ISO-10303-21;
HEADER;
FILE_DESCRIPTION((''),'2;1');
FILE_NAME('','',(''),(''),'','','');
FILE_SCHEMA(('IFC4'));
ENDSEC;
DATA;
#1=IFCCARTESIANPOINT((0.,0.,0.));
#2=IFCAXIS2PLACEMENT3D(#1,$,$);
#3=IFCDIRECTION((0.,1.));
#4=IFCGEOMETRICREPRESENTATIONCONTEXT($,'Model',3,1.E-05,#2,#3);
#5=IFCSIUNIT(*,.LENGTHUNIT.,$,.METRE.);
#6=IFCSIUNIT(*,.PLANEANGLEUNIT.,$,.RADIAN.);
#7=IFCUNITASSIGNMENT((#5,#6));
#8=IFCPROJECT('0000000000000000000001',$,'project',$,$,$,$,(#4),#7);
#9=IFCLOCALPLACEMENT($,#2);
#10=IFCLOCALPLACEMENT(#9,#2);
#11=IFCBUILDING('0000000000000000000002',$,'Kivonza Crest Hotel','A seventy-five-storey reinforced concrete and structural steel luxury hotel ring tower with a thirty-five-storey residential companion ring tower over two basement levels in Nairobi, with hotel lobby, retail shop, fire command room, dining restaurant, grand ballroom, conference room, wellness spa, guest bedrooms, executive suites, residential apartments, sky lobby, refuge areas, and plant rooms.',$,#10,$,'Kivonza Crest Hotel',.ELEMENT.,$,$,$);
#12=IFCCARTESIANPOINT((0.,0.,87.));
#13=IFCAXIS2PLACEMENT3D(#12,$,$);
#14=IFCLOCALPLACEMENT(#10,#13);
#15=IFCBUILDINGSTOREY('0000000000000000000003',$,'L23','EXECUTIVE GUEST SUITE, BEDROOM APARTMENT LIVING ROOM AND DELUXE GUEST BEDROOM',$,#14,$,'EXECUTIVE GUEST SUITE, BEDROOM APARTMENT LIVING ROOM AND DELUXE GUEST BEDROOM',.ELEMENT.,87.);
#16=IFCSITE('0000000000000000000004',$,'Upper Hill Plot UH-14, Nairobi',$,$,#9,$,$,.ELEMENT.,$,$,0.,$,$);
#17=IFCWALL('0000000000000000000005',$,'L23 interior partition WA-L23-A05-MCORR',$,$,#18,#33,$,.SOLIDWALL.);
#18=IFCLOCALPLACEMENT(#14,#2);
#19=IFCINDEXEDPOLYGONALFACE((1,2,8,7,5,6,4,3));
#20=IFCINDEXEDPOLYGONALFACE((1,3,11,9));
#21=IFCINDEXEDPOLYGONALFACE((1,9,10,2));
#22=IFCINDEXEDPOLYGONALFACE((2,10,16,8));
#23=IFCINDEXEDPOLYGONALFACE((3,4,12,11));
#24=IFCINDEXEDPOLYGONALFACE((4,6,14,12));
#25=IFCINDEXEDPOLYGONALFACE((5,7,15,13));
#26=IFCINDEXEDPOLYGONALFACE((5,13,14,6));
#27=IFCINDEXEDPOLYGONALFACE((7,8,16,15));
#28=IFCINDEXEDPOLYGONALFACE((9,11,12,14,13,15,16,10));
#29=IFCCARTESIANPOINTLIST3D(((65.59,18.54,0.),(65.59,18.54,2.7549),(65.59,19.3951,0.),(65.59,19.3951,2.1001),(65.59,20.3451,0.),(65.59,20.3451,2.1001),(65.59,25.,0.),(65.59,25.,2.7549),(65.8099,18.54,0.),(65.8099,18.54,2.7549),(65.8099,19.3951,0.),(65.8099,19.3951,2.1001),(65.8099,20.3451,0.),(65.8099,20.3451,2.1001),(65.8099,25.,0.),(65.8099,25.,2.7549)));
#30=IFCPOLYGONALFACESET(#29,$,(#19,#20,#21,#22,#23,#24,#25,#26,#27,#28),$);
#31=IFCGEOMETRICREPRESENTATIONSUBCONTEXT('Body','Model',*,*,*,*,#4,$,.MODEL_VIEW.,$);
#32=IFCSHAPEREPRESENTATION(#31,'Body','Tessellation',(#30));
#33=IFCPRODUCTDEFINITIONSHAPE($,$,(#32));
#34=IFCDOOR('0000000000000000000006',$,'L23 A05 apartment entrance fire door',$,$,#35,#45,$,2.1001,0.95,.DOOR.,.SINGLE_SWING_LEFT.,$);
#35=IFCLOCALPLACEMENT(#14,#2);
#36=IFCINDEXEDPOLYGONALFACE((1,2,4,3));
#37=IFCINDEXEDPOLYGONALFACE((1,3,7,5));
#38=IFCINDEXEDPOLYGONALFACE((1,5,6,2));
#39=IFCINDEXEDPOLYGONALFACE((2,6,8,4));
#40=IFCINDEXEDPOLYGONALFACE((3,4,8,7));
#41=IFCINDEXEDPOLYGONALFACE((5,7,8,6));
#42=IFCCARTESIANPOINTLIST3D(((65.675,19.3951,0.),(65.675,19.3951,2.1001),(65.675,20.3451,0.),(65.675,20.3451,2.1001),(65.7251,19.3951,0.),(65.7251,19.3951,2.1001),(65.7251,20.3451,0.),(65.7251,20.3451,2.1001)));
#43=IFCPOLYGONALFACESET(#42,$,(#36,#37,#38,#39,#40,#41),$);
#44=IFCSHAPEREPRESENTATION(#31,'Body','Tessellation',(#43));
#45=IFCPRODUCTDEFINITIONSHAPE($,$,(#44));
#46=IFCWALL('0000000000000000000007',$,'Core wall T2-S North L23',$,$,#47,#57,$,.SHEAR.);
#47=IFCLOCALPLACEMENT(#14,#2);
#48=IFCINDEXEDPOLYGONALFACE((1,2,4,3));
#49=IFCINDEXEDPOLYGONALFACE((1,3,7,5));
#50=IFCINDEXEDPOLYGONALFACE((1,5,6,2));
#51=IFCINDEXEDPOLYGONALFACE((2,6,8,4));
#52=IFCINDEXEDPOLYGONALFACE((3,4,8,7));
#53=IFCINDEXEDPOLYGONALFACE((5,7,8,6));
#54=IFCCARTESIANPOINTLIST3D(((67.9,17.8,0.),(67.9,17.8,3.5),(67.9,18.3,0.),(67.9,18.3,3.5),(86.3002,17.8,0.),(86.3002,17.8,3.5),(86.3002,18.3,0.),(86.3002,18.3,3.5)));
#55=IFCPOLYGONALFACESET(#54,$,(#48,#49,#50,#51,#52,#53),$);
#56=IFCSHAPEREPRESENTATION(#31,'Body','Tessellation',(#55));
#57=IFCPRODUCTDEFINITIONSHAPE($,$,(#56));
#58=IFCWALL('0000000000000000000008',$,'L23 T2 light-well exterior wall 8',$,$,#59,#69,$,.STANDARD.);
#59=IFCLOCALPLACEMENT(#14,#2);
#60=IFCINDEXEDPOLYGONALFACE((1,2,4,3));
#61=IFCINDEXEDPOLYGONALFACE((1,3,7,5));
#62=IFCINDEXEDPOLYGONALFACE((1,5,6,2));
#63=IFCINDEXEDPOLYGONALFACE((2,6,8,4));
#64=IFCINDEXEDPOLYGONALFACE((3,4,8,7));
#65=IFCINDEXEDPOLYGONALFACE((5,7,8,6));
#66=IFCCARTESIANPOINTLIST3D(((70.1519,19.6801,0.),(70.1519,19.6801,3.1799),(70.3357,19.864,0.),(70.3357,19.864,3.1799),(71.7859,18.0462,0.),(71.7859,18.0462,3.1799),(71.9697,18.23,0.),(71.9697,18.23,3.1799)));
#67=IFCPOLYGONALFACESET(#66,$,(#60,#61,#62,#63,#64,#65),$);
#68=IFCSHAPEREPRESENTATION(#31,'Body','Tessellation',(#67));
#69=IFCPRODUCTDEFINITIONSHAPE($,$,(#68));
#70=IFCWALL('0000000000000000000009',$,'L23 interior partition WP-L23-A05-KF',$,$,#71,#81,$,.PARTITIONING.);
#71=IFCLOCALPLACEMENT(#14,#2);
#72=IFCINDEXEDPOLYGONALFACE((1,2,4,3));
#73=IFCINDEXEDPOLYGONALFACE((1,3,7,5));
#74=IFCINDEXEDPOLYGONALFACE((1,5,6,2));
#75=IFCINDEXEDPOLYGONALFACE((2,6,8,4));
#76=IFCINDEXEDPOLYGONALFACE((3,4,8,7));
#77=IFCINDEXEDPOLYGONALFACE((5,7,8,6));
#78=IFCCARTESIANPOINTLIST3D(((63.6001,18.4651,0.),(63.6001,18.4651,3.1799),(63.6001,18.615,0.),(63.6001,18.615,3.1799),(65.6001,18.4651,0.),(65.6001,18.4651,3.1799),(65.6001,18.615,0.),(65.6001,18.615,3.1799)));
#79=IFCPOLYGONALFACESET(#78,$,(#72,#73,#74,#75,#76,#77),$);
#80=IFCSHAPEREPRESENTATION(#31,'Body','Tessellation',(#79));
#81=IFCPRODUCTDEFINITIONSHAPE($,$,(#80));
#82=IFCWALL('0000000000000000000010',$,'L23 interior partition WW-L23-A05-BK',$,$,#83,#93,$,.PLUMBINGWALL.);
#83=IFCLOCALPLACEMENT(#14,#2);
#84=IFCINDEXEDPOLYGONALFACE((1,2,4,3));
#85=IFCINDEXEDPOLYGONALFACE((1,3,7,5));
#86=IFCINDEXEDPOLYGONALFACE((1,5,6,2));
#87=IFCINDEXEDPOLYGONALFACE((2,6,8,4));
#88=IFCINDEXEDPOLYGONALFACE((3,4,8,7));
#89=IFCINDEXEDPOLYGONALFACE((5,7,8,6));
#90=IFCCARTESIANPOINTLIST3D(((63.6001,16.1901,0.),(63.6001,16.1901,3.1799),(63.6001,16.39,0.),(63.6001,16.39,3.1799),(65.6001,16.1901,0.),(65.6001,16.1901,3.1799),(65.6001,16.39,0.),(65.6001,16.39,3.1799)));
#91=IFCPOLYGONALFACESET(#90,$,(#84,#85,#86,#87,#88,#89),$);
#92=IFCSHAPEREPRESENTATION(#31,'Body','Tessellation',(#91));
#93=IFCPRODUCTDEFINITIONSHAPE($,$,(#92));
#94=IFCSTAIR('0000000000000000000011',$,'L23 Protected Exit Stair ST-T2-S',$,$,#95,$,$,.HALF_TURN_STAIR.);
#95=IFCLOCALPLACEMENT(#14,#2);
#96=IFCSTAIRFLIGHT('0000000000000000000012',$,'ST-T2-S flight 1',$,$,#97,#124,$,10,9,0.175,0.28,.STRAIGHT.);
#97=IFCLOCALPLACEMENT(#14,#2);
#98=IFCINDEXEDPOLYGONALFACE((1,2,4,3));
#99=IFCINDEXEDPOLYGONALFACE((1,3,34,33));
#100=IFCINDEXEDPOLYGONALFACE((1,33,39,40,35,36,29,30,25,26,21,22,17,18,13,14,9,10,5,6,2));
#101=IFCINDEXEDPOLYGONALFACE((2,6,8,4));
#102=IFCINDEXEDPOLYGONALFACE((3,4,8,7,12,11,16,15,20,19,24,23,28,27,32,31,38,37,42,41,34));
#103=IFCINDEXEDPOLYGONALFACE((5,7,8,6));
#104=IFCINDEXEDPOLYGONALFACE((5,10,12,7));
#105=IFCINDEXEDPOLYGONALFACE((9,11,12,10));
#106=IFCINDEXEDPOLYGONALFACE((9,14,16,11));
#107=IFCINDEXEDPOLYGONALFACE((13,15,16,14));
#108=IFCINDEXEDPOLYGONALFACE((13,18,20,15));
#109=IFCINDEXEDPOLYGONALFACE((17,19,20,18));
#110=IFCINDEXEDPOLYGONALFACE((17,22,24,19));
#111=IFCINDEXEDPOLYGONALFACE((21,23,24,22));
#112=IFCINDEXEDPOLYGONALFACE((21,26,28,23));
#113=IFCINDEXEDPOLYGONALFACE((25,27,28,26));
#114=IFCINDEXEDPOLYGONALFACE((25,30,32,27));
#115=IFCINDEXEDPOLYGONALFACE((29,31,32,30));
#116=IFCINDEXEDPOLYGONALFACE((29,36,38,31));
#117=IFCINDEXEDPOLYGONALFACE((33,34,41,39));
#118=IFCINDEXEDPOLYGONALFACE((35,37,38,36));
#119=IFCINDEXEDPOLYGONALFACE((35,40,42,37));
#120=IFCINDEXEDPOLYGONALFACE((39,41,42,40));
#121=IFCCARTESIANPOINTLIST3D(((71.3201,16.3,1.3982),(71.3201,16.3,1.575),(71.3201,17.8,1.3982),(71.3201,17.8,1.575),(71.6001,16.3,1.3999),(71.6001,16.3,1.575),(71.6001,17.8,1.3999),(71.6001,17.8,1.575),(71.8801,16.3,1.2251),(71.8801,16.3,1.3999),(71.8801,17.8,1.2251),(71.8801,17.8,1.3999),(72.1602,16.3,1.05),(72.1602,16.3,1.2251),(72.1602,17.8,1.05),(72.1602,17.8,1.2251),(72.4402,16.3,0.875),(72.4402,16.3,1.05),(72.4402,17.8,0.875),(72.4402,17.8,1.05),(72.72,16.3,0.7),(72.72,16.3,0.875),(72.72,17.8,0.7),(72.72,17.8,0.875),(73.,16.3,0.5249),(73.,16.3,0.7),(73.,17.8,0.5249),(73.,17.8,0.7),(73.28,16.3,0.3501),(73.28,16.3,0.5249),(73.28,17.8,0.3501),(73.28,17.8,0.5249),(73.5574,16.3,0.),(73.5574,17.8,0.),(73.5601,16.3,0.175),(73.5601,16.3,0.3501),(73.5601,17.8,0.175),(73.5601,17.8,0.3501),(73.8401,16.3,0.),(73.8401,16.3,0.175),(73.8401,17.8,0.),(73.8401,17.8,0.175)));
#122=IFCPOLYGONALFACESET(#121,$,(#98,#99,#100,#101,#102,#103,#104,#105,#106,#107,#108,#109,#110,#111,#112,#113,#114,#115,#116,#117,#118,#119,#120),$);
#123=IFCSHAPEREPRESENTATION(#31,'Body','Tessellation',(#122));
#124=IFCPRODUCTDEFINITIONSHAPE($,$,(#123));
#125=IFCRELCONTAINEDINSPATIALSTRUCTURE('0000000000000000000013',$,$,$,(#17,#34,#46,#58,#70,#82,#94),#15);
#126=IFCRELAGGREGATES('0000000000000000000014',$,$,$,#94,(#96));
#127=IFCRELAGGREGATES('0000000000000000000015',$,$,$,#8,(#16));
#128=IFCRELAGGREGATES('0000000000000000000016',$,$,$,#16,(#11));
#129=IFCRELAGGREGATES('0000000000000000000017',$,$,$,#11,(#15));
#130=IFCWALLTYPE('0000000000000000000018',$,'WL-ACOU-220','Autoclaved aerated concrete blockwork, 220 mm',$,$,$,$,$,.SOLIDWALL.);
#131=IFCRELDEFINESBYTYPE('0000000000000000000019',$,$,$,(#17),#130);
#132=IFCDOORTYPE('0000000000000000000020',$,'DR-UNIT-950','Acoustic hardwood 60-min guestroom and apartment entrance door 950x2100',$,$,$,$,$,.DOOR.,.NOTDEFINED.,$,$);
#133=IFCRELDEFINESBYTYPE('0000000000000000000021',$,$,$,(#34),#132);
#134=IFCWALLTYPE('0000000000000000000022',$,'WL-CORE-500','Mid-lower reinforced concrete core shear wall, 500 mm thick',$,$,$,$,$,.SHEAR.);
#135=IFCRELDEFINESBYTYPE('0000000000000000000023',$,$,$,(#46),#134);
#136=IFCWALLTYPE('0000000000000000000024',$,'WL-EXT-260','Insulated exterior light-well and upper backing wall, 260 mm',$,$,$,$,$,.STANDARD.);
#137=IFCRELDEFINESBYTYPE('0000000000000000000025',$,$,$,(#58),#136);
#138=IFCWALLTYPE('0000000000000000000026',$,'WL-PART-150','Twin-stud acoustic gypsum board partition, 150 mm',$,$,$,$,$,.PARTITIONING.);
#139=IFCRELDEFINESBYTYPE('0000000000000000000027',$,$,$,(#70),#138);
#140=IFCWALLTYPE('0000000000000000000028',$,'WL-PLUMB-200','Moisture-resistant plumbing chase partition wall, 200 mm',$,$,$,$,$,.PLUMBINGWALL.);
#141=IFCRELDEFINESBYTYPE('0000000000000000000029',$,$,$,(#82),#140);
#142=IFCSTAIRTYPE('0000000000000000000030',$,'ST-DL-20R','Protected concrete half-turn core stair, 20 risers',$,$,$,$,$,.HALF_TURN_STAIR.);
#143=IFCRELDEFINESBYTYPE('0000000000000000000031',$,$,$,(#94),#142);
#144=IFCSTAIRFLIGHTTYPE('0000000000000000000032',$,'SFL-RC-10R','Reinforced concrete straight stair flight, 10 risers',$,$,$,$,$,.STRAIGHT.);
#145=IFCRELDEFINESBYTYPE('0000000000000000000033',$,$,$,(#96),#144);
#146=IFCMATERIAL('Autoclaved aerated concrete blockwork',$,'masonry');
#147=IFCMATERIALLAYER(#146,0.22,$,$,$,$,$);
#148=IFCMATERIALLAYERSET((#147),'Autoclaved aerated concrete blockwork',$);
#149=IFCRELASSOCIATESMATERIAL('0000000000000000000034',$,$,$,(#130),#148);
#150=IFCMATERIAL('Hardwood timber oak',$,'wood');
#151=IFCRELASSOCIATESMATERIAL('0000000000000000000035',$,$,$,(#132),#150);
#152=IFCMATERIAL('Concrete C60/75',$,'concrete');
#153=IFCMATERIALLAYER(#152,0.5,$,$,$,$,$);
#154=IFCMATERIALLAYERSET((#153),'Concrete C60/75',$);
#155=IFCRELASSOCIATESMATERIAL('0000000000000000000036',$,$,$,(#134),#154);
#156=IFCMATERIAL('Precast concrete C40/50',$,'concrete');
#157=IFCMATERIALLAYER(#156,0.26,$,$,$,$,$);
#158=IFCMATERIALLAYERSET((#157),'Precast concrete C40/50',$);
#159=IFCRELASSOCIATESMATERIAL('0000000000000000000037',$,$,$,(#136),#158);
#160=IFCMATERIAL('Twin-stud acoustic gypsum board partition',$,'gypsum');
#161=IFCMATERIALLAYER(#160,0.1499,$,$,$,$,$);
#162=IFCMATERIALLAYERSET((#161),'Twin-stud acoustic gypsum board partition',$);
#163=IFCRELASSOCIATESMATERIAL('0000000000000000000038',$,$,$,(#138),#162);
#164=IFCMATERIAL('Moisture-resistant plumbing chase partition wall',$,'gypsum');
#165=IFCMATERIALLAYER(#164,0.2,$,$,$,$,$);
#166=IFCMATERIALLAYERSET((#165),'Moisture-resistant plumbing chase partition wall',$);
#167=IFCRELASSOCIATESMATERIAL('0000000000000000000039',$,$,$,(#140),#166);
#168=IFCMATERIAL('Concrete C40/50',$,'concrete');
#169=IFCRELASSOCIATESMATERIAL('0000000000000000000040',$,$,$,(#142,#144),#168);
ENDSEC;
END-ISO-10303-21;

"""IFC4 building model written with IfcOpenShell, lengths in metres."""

from ifc_helpers import new_model, si_unit, direction, frame, frame_2d, origin, place, context, subcontext, project, spatial, polyline, rectangle, outline, extrude, material, layer, layer_set, type_object, element, fill, aggregate, save


model = new_model("IFC4")

# Units and contexts
model_context = context("Model", 3, precision=1e-05, world=origin(), true_north=direction((0.0, 1.0)))
body_context = subcontext(model_context, "Body", "Model", "MODEL_VIEW")
ifc_project = project(units=[si_unit("LENGTHUNIT", "METRE"), si_unit("PLANEANGLEUNIT", "RADIAN")], contexts=[model_context])

# Site, building, storey
site_placement = place(None, origin())
site = spatial("IfcSite", under=ifc_project, at=site_placement, Name="Upper Hill Plot UH-14, Nairobi", CompositionType="ELEMENT", RefElevation=0.0)
building_placement = place(site_placement, origin())
building = spatial("IfcBuilding", under=site, at=building_placement, Name="Kivonza Crest Hotel", Description="A seventy-five-storey reinforced concrete and structural steel luxury hotel ring tower with a thirty-five-storey residential companion ring tower over two basement levels in Nairobi, with hotel lobby, retail shop, fire command room, dining restaurant, grand ballroom, conference room, wellness spa, guest bedrooms, executive suites, residential apartments, sky lobby, refuge areas, and plant rooms.", LongName="Kivonza Crest Hotel", CompositionType="ELEMENT")
storey_placement = place(building_placement, frame((0.0, 0.0, 87.0)))
storey = spatial("IfcBuildingStorey", under=building, at=storey_placement, Name="L23", Description="EXECUTIVE GUEST SUITE, BEDROOM APARTMENT LIVING ROOM AND DELUXE GUEST BEDROOM", LongName="EXECUTIVE GUEST SUITE, BEDROOM APARTMENT LIVING ROOM AND DELUXE GUEST BEDROOM", CompositionType="ELEMENT", Elevation=87.0)

# Wall, opening, door
ifc_material_1 = material(Name="Autoclaved aerated concrete blockwork", Category="masonry")
ifc_layer_1 = layer(ifc_material_1, 0.22)
ifc_layer_set_1 = layer_set([ifc_layer_1], Name="Autoclaved aerated concrete blockwork")
wall_type_1 = type_object("IfcWallType", Name="WL-ACOU-220", Description="Autoclaved aerated concrete blockwork, 220 mm", PredefinedType="SOLIDWALL", material=ifc_layer_set_1)
wall_1_placement = place(storey_placement, frame((65.7, 18.54, 0.0), z_axis=(0.0, 0.0, 1.0), x_axis=(0.0, 1.0, 0.0)))
wall_1 = element("IfcWall", 1, at=wall_1_placement, inside=storey, type_object=wall_type_1, Name="L23 interior partition WA-L23-A05-MCORR", PredefinedType="SOLIDWALL", context=body_context, shape_type="SweptSolid", body=[
    extrude(rectangle(XDim=6.46, YDim=0.22, at=frame_2d((3.23, 0.0))), origin(), (0.0, 0.0, 1.0), 2.7549),
])
opening_placement = place(wall_1_placement, frame((0.855, 0.0, 0.0)))
opening = element("IfcOpeningElement", 2, at=opening_placement, cuts=wall_1, PredefinedType="OPENING", context=body_context, shape_type="SweptSolid", body=[
    extrude(rectangle(XDim=0.95, YDim=2.1001, at=frame_2d((0.4751, 1.05))), frame((0.0, 0.1201, 0.0), z_axis=(0.0, -1.0, 0.0), x_axis=(1.0, 0.0, 0.0)), (0.0, 0.0, 1.0), 0.24),
])
ifc_material_2 = material(Name="Hardwood timber oak", Category="wood")
door_type = type_object("IfcDoorType", Name="DR-UNIT-950", Description="Acoustic hardwood 60-min guestroom and apartment entrance door 950x2100", OperationType="NOTDEFINED", PredefinedType="DOOR", material=ifc_material_2)
door_placement = place(opening_placement, origin())
door = element("IfcDoor", 3, at=door_placement, inside=storey, type_object=door_type, Name="L23 A05 apartment entrance fire door", OperationType="SINGLE_SWING_LEFT", OverallHeight=2.1001, OverallWidth=0.95, PredefinedType="DOOR", context=body_context, shape_type="SweptSolid", body=[
    extrude(rectangle(XDim=0.95, YDim=2.1001, at=frame_2d((0.4751, 1.05))), frame((0.0, 0.0249, 0.0), z_axis=(0.0, -1.0, 0.0), x_axis=(1.0, 0.0, 0.0)), (0.0, 0.0, 1.0), 0.05),
])
fill(opening, door)

# Walls
ifc_material_3 = material(Name="Concrete C60/75", Category="concrete")
ifc_layer_2 = layer(ifc_material_3, 0.5)
ifc_layer_set_2 = layer_set([ifc_layer_2], Name="Concrete C60/75")
wall_type_2 = type_object("IfcWallType", Name="WL-CORE-500", Description="Mid-lower reinforced concrete core shear wall, 500 mm thick", PredefinedType="SHEAR", material=ifc_layer_set_2)
wall_2_placement = place(storey_placement, frame((67.8999, 18.05, 0.0), z_axis=(0.0, 0.0, 1.0), x_axis=(1.0, 0.0, 0.0)))
element("IfcWall", 4, at=wall_2_placement, inside=storey, type_object=wall_type_2, Name="Core wall T2-S North L23", PredefinedType="SHEAR", context=body_context, shape_type="SweptSolid", body=[
    extrude(rectangle(XDim=18.4001, YDim=0.5, at=frame_2d((9.2002, 0.0))), origin(), (0.0, 0.0, 1.0), 3.5),
])
ifc_material_4 = material(Name="Precast concrete C40/50", Category="concrete")
ifc_layer_3 = layer(ifc_material_4, 0.26)
ifc_layer_set_3 = layer_set([ifc_layer_3], Name="Precast concrete C40/50")
wall_type_3 = type_object("IfcWallType", Name="WL-EXT-260", Description="Insulated exterior light-well and upper backing wall, 260 mm", PredefinedType="STANDARD", material=ifc_layer_set_3)
wall_3_placement = place(storey_placement, frame((70.2439, 19.772, 0.0), z_axis=(0.0, 0.0, 1.0), x_axis=(0.707107, -0.707107, 0.0)))
element("IfcWall", 5, at=wall_3_placement, inside=storey, type_object=wall_type_3, Name="L23 T2 light-well exterior wall 8", PredefinedType="STANDARD", context=body_context, shape_type="SweptSolid", body=[
    extrude(rectangle(XDim=2.3108, YDim=0.26, at=frame_2d((1.1553, 0.0))), origin(), (0.0, 0.0, 1.0), 3.1799),
])
ifc_material_5 = material(Name="Twin-stud acoustic gypsum board partition", Category="gypsum")
ifc_layer_4 = layer(ifc_material_5, 0.1499)
ifc_layer_set_4 = layer_set([ifc_layer_4], Name="Twin-stud acoustic gypsum board partition")
wall_type_4 = type_object("IfcWallType", Name="WL-PART-150", Description="Twin-stud acoustic gypsum board partition, 150 mm", PredefinedType="PARTITIONING", material=ifc_layer_set_4)
wall_4_placement = place(storey_placement, frame((63.6001, 18.54, 0.0), z_axis=(0.0, 0.0, 1.0), x_axis=(1.0, 0.0, 0.0)))
element("IfcWall", 6, at=wall_4_placement, inside=storey, type_object=wall_type_4, Name="L23 interior partition WP-L23-A05-KF", PredefinedType="PARTITIONING", context=body_context, shape_type="SweptSolid", body=[
    extrude(rectangle(XDim=2.0, YDim=0.1499, at=frame_2d((1.0, 0.0))), origin(), (0.0, 0.0, 1.0), 3.1799),
])
ifc_material_6 = material(Name="Moisture-resistant plumbing chase partition wall", Category="gypsum")
ifc_layer_5 = layer(ifc_material_6, 0.2)
ifc_layer_set_5 = layer_set([ifc_layer_5], Name="Moisture-resistant plumbing chase partition wall")
wall_type_5 = type_object("IfcWallType", Name="WL-PLUMB-200", Description="Moisture-resistant plumbing chase partition wall, 200 mm", PredefinedType="PLUMBINGWALL", material=ifc_layer_set_5)
wall_5_placement = place(storey_placement, frame((63.6001, 16.29, 0.0), z_axis=(0.0, 0.0, 1.0), x_axis=(1.0, 0.0, 0.0)))
element("IfcWall", 7, at=wall_5_placement, inside=storey, type_object=wall_type_5, Name="L23 interior partition WW-L23-A05-BK", PredefinedType="PLUMBINGWALL", context=body_context, shape_type="SweptSolid", body=[
    extrude(rectangle(XDim=2.0, YDim=0.2, at=frame_2d((1.0, 0.0))), origin(), (0.0, 0.0, 1.0), 3.1799),
])

# Stair, stair flight
ifc_material_7 = material(Name="Concrete C40/50", Category="concrete")
stair_type = type_object("IfcStairType", Name="ST-DL-20R", Description="Protected concrete half-turn core stair, 20 risers", PredefinedType="HALF_TURN_STAIR", material=ifc_material_7)
stair_placement = place(storey_placement, origin())
stair = element("IfcStair", 8, at=stair_placement, inside=storey, type_object=stair_type, Name="L23 Protected Exit Stair ST-T2-S", PredefinedType="HALF_TURN_STAIR")
stair_flight_type = type_object("IfcStairFlightType", Name="SFL-RC-10R", Description="Reinforced concrete straight stair flight, 10 risers", PredefinedType="STRAIGHT", material=ifc_material_7)
stair_flight_placement = place(storey_placement, frame((73.8401, 17.05, 0.0), z_axis=(0.0, 0.0, 1.0), x_axis=(-1.0, 0.0, 0.0)))
stair_flight = element("IfcStairFlight", 9, at=stair_flight_placement, type_object=stair_flight_type, Name="ST-T2-S flight 1", NumberOfRisers=10, NumberOfTreads=9, PredefinedType="STRAIGHT", RiserHeight=0.175, TreadLength=0.28, context=body_context, shape_type="SweptSolid", body=[
    extrude(outline(polyline([(0.0, 0.0), (0.0, 0.175), (0.28, 0.175), (0.28, 0.3501), (0.5601, 0.3501), (0.5601, 0.5249), (0.8401, 0.5249), (0.8401, 0.7), (1.1201, 0.7), (1.1201, 0.875), (1.3999, 0.875), (1.3999, 1.05), (1.6799, 1.05), (1.6799, 1.2251), (1.96, 1.2251), (1.96, 1.3999), (2.24, 1.3999), (2.24, 1.575), (2.52, 1.575), (2.52, 1.75), (2.52, 1.3982), (0.2827, 0.0), (0.0, 0.0)])), frame((0.0, 0.75, 0.0), z_axis=(0.0, -1.0, 0.0), x_axis=(1.0, 0.0, 0.0)), (0.0, 0.0, 1.0), 1.5),
])
aggregate(stair, [stair_flight])

save(model, "model.ifc")
